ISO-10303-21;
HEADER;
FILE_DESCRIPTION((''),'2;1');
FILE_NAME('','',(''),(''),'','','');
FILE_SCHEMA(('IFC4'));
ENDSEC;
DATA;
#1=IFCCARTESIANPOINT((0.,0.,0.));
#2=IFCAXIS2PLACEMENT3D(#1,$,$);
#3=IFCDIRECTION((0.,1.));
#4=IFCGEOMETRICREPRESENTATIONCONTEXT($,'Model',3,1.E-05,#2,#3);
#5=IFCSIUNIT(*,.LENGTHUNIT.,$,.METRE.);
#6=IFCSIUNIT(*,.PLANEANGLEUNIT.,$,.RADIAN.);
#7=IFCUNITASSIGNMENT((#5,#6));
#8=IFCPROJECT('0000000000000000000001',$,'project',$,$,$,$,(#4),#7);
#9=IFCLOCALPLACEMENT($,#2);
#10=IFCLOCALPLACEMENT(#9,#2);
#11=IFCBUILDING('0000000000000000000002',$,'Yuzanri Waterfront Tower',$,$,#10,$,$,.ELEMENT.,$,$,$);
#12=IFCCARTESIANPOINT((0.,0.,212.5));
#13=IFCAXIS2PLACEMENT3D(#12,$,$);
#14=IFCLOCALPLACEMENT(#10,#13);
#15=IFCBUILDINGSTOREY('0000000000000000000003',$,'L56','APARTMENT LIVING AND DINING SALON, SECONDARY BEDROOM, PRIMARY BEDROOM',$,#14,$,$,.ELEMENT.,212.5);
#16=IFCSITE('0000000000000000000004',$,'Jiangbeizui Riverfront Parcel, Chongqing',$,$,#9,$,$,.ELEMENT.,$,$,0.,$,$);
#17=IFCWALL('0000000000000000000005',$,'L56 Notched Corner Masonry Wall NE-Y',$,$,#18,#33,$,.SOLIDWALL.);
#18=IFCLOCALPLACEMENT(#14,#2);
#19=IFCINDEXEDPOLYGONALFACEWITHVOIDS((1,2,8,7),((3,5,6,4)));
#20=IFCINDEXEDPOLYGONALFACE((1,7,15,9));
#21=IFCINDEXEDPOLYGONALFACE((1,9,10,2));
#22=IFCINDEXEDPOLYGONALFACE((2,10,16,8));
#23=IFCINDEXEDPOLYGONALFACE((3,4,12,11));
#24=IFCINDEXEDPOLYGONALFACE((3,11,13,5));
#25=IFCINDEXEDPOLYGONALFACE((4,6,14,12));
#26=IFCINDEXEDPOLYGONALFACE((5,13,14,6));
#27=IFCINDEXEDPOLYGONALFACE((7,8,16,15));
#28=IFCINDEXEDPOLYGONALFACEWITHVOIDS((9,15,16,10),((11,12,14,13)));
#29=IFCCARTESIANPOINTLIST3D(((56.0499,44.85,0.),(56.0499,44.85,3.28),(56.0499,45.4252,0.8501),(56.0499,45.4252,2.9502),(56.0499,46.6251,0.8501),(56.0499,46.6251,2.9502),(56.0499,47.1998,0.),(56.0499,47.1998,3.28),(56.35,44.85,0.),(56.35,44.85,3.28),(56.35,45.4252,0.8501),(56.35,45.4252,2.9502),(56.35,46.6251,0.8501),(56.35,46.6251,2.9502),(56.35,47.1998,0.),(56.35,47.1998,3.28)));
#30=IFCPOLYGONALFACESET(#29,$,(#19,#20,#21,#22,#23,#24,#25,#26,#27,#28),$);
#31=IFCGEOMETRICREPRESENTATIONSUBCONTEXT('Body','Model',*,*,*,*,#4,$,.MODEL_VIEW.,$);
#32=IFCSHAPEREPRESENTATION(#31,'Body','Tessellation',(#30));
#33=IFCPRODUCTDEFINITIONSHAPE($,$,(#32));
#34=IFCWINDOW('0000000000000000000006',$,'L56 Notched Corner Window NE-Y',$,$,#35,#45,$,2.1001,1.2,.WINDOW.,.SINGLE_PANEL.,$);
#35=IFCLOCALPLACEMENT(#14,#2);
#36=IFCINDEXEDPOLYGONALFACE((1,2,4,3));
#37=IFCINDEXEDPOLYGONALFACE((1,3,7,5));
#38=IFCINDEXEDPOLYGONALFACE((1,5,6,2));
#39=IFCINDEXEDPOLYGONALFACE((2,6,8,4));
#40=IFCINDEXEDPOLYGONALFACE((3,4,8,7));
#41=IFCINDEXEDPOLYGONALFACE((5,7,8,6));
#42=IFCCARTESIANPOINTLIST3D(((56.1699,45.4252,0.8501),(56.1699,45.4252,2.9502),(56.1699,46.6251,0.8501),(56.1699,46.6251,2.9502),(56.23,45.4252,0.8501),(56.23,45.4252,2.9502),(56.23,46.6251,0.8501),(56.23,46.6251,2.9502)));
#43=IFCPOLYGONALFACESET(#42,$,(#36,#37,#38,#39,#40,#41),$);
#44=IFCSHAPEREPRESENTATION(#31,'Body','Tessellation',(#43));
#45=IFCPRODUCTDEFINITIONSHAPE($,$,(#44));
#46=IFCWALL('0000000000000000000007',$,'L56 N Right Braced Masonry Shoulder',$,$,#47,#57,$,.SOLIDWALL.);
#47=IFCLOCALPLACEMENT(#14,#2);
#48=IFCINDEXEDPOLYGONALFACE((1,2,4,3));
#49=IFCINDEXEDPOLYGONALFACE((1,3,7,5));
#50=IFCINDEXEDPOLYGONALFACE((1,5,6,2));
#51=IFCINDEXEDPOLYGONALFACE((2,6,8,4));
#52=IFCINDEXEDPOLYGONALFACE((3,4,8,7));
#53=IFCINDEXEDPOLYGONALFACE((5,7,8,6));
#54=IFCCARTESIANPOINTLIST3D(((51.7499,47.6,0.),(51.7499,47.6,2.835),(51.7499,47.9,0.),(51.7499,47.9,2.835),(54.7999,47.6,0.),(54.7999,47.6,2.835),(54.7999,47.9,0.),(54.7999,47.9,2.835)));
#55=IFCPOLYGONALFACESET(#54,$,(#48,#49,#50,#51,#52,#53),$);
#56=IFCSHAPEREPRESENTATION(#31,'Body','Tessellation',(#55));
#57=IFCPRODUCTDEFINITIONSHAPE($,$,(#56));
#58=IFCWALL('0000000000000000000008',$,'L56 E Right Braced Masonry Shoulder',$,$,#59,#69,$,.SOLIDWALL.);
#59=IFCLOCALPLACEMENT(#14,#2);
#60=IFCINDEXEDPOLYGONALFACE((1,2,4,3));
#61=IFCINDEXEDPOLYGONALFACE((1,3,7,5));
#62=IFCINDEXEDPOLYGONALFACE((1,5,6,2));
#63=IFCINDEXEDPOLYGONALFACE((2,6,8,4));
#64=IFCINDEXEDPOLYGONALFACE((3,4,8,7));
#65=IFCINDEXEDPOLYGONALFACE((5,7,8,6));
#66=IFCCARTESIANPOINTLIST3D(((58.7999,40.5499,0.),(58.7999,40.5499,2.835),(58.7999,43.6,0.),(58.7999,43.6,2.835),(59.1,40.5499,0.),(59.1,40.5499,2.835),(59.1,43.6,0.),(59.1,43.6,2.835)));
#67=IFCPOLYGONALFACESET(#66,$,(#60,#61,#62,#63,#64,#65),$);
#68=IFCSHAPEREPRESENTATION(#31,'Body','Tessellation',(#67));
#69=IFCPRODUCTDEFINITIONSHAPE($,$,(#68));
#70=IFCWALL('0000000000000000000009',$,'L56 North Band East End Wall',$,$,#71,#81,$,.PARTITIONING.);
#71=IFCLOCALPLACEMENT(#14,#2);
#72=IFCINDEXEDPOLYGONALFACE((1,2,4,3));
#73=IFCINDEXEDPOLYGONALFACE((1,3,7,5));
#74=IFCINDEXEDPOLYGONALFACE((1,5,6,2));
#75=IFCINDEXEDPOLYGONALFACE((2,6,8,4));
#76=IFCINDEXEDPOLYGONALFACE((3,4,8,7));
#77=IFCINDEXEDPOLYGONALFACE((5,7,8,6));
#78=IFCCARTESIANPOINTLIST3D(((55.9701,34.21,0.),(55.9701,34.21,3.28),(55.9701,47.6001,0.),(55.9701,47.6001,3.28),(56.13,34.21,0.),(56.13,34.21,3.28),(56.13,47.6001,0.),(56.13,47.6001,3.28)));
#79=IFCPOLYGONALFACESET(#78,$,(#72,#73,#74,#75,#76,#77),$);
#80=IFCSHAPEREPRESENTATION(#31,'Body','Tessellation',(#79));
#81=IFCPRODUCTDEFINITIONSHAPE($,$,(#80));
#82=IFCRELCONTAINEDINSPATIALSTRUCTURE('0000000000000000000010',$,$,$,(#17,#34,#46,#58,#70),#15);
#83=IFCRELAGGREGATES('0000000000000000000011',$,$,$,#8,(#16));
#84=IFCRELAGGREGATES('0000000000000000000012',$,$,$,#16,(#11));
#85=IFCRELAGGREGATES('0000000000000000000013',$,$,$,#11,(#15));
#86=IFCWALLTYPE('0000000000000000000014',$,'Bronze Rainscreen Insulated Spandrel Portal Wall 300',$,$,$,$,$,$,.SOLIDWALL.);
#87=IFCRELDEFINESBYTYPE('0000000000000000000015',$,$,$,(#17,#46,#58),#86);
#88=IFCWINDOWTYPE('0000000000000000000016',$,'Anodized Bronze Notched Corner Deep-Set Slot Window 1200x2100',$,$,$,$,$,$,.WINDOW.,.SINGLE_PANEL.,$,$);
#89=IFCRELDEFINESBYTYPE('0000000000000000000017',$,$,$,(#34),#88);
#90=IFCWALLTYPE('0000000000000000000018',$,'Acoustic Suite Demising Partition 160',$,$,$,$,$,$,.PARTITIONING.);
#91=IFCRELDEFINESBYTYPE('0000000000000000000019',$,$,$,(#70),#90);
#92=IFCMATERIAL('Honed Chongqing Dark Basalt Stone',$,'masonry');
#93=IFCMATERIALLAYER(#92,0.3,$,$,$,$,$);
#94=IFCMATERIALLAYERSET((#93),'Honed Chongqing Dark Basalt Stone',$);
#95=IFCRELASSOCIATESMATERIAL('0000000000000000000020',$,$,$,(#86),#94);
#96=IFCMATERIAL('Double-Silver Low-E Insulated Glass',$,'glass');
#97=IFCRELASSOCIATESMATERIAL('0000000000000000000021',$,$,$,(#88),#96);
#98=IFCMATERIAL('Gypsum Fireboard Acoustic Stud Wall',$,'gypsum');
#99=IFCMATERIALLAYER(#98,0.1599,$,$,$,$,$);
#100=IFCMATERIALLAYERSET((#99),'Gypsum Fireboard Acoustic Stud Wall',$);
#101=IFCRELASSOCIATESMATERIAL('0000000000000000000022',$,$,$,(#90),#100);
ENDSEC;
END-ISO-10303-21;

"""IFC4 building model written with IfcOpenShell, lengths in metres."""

from ifc_helpers import new_model, si_unit, direction, frame, frame_2d, origin, place, context, subcontext, project, spatial, rectangle, extrude, source, transform, mapped, material, layer, layer_set, type_object, element, fill, save


model = new_model("IFC4")

# Units and contexts
model_context = context("Model", 3, precision=1e-05, world=origin(), true_north=direction((0.0, 1.0)))
body_context = subcontext(model_context, "Body", "Model", "MODEL_VIEW")
ifc_project = project(units=[si_unit("LENGTHUNIT", "METRE"), si_unit("PLANEANGLEUNIT", "RADIAN")], contexts=[model_context])

# Site, building, storey
site_placement = place(None, origin())
site = spatial("IfcSite", under=ifc_project, at=site_placement, Name="Jiangbeizui Riverfront Parcel, Chongqing", CompositionType="ELEMENT", RefElevation=0.0)
building_placement = place(site_placement, origin())
building = spatial("IfcBuilding", under=site, at=building_placement, Name="Yuzanri Waterfront Tower", CompositionType="ELEMENT")
storey_placement = place(building_placement, frame((0.0, 0.0, 212.5)))
storey = spatial("IfcBuildingStorey", under=building, at=storey_placement, Name="L56", Description="APARTMENT LIVING AND DINING SALON, SECONDARY BEDROOM, PRIMARY BEDROOM", CompositionType="ELEMENT", Elevation=212.5)

# Wall, opening, window
ifc_material_1 = material(Name="Honed Chongqing Dark Basalt Stone", Category="masonry")
ifc_layer_1 = layer(ifc_material_1, 0.3)
ifc_layer_set_1 = layer_set([ifc_layer_1], Name="Honed Chongqing Dark Basalt Stone")
wall_type_1 = type_object("IfcWallType", Name="Bronze Rainscreen Insulated Spandrel Portal Wall 300", PredefinedType="SOLIDWALL", material=ifc_layer_set_1)
wall_1_placement = place(storey_placement, frame((56.2, 44.8501, 0.0), z_axis=(0.0, 0.0, 1.0), x_axis=(0.0, 1.0, 0.0)))
wall_1 = element("IfcWall", 1, at=wall_1_placement, inside=storey, type_object=wall_type_1, Name="L56 Notched Corner Masonry Wall NE-Y", PredefinedType="SOLIDWALL", context=body_context, shape_type="SweptSolid", body=[
    extrude(rectangle(XDim=2.3499, YDim=0.3, at=frame_2d((1.1748, 0.0))), origin(), (0.0, 0.0, 1.0), 3.28),
])
opening_1_placement = place(wall_1_placement, frame((0.575, 0.0, 0.8501)))
opening_1 = element("IfcOpeningElement", 2, at=opening_1_placement, cuts=wall_1, PredefinedType="OPENING", context=body_context, shape_type="SweptSolid", body=[
    extrude(rectangle(XDim=1.2, YDim=2.1001, at=frame_2d((0.6001, 1.05))), frame((0.0, 0.165, 0.0), z_axis=(0.0, -1.0, 0.0), x_axis=(1.0, 0.0, 0.0)), (0.0, 0.0, 1.0), 0.3298),
])
ifc_material_2 = material(Name="Double-Silver Low-E Insulated Glass", Category="glass")
window_type_1 = type_object("IfcWindowType", Name="Anodized Bronze Notched Corner Deep-Set Slot Window 1200x2100", PartitioningType="SINGLE_PANEL", PredefinedType="WINDOW", material=ifc_material_2)
shared_shape_1 = source(origin(), body_context, "Body", "SweptSolid", [
    extrude(rectangle(XDim=1.2, YDim=2.1001, at=frame_2d((0.6001, 1.05))), frame((0.0, 0.03, 0.0), z_axis=(0.0, -1.0, 0.0), x_axis=(1.0, 0.0, 0.0)), (0.0, 0.0, 1.0), 0.0601),
])
window_1_placement = place(opening_1_placement, origin())
window_1 = element("IfcWindow", 3, at=window_1_placement, inside=storey, type_object=window_type_1, Name="L56 Notched Corner Window NE-Y", OverallHeight=2.1001, OverallWidth=1.2, PartitioningType="SINGLE_PANEL", PredefinedType="WINDOW", context=body_context, shape_type="MappedRepresentation", body=[
    mapped(shared_shape_1, transform((0.0, 0.0, 0.0), scale=1.0)),
])
fill(opening_1, window_1)

# Walls
shared_shape_2 = source(origin(), body_context, "Body", "SweptSolid", [
    extrude(rectangle(XDim=3.05, YDim=0.3, at=frame_2d((1.5249, 0.0))), origin(), (0.0, 0.0, 1.0), 2.835),
])
for number, where, z_axis, x_axis, name in (
    (4, (51.75, 47.75, 0.0), (0.0, 0.0, 1.0), (1.0, 0.0, 0.0), "L56 N Right Braced Masonry Shoulder"),
    (5, (58.95, 40.55, 0.0), (0.0, 0.0, 1.0), (0.0, 1.0, 0.0), "L56 E Right Braced Masonry Shoulder"),
):
    element("IfcWall", number, at=place(storey_placement, frame(where, z_axis=z_axis, x_axis=x_axis)), inside=storey, type_object=wall_type_1, Name=name, PredefinedType="SOLIDWALL", context=body_context, shape_type="MappedRepresentation", body=[
        mapped(shared_shape_2, transform((0.0, 0.0, 0.0), scale=1.0)),
    ])
ifc_material_3 = material(Name="Gypsum Fireboard Acoustic Stud Wall", Category="gypsum")
ifc_layer_2 = layer(ifc_material_3, 0.1599)
ifc_layer_set_2 = layer_set([ifc_layer_2], Name="Gypsum Fireboard Acoustic Stud Wall")
wall_type_2 = type_object("IfcWallType", Name="Acoustic Suite Demising Partition 160", PredefinedType="PARTITIONING", material=ifc_layer_set_2)
shared_shape_3 = source(origin(), body_context, "Body", "SweptSolid", [
    extrude(rectangle(XDim=13.3901, YDim=0.1599, at=frame_2d((6.6951, 0.0))), origin(), (0.0, 0.0, 1.0), 3.28),
])
wall_2_placement = place(storey_placement, frame((56.05, 34.21, 0.0), z_axis=(0.0, 0.0, 1.0), x_axis=(0.0, 1.0, 0.0)))
element("IfcWall", 6, at=wall_2_placement, inside=storey, type_object=wall_type_2, Name="L56 North Band East End Wall", PredefinedType="PARTITIONING", context=body_context, shape_type="MappedRepresentation", body=[
    mapped(shared_shape_3, transform((0.0, 0.0, 0.0), scale=1.0)),
])

save(model, "model.ifc")
